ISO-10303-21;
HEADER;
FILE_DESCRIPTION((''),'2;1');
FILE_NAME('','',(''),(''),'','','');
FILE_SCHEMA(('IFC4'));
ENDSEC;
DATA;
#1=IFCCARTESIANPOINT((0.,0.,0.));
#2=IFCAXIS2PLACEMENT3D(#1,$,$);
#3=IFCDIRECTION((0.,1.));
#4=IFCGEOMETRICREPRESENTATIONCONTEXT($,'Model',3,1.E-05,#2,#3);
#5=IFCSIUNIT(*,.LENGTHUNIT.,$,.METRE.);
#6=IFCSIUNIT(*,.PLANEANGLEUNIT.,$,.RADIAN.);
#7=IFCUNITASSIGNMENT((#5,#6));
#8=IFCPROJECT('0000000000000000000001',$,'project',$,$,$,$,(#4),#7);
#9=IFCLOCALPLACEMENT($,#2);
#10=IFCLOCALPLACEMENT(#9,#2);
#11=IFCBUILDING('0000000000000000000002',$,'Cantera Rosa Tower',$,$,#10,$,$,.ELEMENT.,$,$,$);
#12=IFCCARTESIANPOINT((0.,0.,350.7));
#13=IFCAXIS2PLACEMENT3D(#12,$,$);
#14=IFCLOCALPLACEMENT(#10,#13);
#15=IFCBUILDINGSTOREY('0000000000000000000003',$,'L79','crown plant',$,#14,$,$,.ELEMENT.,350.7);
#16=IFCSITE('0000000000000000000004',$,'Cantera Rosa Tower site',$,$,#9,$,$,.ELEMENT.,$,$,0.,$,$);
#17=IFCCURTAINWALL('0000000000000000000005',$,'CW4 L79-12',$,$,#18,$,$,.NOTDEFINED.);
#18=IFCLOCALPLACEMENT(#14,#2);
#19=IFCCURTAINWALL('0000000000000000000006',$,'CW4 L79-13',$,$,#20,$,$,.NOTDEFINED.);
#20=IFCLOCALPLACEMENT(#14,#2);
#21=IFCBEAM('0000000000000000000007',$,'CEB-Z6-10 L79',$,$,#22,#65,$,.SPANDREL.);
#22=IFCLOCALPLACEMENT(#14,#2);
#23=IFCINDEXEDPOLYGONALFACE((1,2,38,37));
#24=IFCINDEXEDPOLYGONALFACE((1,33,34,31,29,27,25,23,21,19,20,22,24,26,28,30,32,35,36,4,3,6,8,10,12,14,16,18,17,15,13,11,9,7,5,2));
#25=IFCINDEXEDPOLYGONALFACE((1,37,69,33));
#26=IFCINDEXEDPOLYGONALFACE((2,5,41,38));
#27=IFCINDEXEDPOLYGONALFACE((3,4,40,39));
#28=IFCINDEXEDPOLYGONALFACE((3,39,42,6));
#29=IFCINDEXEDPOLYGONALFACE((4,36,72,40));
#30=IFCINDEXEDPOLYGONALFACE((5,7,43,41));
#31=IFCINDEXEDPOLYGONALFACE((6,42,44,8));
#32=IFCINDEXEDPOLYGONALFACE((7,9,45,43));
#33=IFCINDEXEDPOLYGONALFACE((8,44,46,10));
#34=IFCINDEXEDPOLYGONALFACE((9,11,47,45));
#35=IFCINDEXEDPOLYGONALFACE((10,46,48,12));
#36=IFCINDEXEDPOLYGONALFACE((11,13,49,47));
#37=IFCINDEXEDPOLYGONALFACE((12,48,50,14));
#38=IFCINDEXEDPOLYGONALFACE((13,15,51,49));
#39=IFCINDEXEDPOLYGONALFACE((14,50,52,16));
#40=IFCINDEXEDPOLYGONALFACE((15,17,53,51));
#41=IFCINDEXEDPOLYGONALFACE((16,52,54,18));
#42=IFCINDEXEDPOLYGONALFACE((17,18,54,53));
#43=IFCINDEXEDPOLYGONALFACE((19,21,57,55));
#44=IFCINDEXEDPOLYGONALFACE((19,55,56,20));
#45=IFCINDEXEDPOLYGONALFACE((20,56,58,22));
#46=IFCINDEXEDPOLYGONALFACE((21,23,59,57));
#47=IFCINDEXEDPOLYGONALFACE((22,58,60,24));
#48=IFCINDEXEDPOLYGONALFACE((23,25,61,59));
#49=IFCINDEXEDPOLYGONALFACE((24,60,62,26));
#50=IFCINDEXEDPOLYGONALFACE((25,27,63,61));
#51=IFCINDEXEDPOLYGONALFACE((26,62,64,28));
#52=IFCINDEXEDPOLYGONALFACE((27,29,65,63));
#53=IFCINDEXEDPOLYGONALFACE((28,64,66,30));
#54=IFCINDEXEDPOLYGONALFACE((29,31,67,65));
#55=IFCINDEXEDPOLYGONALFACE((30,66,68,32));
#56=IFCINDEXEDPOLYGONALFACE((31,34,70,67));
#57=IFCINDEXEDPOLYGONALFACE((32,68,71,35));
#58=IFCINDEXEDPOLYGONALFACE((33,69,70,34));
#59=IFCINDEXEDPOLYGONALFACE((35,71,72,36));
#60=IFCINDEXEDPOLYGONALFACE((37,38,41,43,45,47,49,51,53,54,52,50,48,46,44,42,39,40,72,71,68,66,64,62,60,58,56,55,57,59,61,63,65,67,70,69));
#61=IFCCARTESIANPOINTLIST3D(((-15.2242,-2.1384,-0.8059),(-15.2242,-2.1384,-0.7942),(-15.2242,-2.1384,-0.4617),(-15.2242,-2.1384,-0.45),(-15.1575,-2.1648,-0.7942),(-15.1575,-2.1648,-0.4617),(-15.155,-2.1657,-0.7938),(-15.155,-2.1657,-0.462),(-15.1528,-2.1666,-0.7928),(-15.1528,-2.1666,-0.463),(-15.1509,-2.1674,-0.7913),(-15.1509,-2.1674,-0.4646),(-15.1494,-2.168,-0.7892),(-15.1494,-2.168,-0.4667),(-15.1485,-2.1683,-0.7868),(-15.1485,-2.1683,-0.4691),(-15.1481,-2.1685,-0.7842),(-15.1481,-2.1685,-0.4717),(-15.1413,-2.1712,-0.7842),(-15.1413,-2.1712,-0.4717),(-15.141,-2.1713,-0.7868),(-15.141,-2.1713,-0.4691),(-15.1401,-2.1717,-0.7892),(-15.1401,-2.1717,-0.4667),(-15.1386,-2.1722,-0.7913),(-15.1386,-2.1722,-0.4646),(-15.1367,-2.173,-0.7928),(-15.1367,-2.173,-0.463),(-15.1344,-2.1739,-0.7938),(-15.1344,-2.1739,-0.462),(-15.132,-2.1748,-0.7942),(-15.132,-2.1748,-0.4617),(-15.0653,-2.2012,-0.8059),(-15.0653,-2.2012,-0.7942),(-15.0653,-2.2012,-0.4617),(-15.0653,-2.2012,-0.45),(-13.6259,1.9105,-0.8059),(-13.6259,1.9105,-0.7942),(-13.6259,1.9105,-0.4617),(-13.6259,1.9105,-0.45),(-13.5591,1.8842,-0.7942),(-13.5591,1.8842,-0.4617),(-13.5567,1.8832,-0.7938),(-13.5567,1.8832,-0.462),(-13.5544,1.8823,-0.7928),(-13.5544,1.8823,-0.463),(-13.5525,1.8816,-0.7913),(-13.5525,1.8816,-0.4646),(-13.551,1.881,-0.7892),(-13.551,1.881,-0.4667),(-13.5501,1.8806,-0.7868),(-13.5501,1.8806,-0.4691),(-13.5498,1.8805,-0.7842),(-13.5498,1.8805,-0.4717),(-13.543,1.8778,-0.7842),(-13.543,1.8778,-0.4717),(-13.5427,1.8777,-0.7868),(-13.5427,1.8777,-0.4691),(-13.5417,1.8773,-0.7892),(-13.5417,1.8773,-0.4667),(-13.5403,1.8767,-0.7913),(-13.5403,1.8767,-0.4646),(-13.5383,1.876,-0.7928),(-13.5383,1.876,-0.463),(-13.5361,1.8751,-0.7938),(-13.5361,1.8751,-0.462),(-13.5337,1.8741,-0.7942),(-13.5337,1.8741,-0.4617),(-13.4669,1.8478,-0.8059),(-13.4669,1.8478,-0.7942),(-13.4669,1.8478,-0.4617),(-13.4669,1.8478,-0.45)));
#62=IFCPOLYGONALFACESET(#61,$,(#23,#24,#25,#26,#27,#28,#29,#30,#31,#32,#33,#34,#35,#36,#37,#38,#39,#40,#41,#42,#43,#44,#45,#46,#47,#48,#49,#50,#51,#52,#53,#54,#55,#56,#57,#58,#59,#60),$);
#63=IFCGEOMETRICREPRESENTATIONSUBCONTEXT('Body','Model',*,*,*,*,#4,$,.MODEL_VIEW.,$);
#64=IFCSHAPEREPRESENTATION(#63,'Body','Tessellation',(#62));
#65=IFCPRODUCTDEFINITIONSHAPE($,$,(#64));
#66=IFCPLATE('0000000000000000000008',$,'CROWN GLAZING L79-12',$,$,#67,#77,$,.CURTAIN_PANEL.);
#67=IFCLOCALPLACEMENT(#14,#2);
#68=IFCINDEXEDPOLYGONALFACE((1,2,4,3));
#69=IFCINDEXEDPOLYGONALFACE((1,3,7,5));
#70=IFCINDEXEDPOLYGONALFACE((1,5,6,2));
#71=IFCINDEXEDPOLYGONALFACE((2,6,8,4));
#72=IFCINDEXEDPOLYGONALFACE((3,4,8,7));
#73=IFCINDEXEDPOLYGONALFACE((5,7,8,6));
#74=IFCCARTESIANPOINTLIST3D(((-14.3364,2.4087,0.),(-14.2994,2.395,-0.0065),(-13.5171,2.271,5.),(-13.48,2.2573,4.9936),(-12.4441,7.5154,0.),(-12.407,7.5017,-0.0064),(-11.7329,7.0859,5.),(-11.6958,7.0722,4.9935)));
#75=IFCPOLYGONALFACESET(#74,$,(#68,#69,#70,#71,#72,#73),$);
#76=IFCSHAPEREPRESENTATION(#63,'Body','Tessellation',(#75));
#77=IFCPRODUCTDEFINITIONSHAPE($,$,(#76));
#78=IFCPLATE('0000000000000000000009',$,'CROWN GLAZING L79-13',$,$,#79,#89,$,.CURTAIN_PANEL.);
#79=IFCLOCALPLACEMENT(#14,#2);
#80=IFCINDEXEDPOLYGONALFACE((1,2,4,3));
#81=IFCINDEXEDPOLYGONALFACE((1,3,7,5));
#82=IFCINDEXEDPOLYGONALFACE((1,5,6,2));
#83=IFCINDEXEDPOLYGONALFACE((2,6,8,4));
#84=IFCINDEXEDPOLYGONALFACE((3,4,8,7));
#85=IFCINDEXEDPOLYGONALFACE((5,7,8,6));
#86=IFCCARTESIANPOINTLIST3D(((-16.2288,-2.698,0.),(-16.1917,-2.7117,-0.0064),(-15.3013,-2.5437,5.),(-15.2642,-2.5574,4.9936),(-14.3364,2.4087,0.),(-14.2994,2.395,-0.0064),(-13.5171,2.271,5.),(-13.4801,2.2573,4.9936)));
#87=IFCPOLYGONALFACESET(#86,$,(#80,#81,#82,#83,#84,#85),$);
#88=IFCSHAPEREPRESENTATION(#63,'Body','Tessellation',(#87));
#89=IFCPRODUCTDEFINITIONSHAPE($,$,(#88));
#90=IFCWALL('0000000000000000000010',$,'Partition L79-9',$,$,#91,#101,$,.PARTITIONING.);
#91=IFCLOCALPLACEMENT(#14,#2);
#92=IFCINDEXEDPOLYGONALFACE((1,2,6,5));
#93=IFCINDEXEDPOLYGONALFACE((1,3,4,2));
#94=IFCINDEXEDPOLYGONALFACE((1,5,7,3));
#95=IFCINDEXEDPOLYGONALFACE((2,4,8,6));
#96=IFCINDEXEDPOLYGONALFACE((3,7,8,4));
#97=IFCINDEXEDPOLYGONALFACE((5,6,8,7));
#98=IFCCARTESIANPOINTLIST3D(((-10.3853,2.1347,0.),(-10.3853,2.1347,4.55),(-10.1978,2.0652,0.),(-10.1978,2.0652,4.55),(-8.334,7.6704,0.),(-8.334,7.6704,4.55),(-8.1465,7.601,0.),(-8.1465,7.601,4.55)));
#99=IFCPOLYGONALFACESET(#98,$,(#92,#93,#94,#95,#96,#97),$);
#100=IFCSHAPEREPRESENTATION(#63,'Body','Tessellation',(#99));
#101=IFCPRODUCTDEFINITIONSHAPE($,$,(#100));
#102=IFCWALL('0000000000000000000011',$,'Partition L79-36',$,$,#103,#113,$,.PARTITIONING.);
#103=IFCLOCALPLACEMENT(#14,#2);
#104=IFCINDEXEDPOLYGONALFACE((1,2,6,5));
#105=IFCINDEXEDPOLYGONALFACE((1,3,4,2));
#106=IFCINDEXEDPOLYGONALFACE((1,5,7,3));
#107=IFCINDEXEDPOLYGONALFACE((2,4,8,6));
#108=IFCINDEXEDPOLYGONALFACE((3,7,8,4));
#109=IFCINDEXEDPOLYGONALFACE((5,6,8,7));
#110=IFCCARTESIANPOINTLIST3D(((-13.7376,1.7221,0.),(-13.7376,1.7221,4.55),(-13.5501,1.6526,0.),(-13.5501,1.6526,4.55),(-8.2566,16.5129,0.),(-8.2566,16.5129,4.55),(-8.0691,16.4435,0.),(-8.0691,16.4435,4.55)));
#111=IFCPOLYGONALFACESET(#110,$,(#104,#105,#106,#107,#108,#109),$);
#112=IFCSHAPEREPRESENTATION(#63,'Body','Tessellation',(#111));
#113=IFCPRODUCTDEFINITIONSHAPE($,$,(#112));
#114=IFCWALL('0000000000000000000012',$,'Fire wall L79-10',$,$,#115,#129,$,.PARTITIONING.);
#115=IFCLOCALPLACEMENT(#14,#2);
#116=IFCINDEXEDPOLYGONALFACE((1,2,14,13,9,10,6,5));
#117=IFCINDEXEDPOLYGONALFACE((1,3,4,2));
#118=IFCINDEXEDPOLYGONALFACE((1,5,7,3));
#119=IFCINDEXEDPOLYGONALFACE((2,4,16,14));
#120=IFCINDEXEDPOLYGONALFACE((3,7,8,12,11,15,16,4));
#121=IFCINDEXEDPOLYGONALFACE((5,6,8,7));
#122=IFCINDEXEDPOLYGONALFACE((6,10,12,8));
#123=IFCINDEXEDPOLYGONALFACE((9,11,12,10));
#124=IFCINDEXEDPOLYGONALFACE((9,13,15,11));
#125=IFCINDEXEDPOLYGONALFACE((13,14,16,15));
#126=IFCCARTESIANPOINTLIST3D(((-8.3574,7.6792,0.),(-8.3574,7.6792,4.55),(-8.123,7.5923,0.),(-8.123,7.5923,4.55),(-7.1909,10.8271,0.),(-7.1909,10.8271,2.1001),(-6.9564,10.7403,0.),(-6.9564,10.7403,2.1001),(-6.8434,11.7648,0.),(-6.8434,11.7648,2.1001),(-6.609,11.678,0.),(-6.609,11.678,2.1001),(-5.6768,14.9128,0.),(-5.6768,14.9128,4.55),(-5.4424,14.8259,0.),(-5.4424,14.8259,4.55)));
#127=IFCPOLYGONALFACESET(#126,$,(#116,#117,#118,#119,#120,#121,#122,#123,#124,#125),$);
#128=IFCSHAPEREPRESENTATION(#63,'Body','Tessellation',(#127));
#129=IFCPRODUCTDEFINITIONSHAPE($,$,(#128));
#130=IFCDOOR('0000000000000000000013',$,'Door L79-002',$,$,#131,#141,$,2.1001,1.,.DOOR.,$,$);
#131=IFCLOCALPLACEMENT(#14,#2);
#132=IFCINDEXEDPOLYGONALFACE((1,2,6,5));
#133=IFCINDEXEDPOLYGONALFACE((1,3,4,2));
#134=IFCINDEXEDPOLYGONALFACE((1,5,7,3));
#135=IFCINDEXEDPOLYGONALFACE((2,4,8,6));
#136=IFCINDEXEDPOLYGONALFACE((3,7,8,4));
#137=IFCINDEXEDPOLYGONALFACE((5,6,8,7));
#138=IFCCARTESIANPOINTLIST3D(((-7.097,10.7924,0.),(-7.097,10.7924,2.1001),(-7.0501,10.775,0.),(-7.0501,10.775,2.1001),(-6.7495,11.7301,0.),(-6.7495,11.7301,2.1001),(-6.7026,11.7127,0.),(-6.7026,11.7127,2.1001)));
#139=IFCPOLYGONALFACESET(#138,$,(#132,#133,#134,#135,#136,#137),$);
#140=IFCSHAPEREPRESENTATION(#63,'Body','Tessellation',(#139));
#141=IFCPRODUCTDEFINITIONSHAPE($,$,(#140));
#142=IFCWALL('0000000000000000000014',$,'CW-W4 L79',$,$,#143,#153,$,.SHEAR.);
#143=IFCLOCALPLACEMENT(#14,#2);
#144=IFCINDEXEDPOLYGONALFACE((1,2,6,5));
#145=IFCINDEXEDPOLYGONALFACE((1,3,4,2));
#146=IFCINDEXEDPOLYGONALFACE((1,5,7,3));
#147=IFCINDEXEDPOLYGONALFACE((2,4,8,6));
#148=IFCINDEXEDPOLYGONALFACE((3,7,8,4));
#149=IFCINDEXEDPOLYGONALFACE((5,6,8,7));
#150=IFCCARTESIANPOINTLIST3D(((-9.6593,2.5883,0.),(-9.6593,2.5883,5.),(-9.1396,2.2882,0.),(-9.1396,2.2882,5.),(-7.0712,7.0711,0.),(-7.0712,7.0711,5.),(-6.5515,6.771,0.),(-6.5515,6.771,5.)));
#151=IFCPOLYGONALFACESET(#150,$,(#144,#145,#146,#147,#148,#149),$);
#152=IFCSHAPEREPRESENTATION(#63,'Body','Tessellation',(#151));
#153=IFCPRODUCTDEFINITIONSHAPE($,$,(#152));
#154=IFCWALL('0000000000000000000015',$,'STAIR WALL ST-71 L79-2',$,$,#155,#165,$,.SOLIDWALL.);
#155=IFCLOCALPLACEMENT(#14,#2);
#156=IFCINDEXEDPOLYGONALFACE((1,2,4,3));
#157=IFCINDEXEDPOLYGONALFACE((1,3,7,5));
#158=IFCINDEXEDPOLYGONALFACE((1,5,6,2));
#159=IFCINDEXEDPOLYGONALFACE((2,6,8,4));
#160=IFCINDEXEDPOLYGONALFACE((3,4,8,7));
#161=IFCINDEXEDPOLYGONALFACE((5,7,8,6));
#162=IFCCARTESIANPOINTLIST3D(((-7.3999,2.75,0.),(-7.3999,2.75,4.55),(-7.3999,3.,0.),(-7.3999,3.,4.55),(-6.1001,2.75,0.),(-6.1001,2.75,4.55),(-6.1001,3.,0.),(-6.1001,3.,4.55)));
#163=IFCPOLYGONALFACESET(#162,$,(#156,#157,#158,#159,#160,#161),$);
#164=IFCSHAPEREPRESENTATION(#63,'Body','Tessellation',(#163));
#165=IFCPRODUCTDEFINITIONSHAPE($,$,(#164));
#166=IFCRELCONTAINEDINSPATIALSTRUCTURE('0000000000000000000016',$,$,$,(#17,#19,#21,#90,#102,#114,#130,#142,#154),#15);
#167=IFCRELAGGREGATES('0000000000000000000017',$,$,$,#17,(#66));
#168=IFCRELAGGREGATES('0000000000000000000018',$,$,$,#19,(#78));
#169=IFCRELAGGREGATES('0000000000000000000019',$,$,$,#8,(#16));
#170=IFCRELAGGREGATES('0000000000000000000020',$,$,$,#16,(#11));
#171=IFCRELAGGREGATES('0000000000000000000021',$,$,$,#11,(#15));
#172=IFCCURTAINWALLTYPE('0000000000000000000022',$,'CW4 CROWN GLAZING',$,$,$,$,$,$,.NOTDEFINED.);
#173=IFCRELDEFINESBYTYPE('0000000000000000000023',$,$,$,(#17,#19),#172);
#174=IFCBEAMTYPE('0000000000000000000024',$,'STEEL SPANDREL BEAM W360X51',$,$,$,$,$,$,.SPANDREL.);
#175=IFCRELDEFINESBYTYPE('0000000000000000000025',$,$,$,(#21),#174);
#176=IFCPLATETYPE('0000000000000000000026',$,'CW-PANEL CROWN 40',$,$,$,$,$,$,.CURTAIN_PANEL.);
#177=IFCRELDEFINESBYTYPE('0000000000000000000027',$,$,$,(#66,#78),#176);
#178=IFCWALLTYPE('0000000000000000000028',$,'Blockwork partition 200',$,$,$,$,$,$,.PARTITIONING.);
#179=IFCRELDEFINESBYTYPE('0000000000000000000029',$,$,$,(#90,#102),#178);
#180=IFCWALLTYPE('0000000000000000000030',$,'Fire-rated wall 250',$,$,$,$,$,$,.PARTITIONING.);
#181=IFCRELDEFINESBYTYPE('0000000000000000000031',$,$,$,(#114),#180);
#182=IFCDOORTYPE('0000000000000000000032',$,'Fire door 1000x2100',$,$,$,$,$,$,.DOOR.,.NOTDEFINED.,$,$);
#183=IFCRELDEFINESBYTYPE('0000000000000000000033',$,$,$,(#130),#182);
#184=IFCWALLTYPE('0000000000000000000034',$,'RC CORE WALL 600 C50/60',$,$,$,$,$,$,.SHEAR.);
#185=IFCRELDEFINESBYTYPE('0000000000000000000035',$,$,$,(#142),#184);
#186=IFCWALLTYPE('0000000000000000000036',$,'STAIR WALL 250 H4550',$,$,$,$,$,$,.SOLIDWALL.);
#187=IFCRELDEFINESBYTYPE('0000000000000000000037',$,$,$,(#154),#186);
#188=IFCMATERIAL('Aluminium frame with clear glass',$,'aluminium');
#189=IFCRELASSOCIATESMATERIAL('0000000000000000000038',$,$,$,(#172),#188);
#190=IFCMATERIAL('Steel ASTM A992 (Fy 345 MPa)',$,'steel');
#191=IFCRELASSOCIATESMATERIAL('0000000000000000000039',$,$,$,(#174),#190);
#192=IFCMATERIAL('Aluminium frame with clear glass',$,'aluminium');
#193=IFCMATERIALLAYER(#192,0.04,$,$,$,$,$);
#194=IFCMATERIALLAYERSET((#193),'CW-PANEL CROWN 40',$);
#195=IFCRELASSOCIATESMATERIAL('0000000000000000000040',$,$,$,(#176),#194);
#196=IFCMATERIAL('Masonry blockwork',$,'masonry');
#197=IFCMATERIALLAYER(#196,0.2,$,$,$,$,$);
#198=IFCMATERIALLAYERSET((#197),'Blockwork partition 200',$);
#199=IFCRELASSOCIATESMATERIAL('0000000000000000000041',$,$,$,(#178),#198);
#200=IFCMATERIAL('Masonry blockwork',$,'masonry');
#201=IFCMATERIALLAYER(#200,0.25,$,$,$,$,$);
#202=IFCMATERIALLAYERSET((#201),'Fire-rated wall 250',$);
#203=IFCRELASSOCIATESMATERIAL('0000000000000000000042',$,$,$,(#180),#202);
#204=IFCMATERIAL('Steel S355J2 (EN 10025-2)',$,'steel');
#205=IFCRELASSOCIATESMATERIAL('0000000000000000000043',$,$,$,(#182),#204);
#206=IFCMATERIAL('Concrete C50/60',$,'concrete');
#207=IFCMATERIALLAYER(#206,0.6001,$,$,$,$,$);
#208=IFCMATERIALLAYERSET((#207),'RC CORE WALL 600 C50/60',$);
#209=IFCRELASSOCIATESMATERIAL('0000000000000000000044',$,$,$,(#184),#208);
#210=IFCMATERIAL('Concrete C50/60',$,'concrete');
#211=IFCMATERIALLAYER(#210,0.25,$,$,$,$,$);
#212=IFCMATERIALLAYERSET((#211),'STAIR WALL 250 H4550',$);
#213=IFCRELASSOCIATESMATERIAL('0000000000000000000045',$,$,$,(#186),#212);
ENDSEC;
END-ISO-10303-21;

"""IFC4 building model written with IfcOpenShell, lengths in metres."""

from ifc_helpers import new_model, si_unit, direction, frame, frame_2d, origin, origin_2d, place, context, subcontext, project, spatial, polyline, rectangle, i_section, outline, extrude, material, layer, layer_set, material_profile, profile_set, type_object, element, fill, aggregate, save


model = new_model("IFC4")

# Units and contexts
model_context = context("Model", 3, precision=1e-05, world=origin(), true_north=direction((0.0, 1.0)))
body_context = subcontext(model_context, "Body", "Model", "MODEL_VIEW")
ifc_project = project(units=[si_unit("LENGTHUNIT", "METRE"), si_unit("PLANEANGLEUNIT", "RADIAN")], contexts=[model_context])

# Site, building, storey
site_placement = place(None, origin())
site = spatial("IfcSite", under=ifc_project, at=site_placement, Name="Cantera Rosa Tower site", CompositionType="ELEMENT", RefElevation=0.0)
building_placement = place(site_placement, origin())
building = spatial("IfcBuilding", under=site, at=building_placement, Name="Cantera Rosa Tower", CompositionType="ELEMENT")
storey_placement = place(building_placement, frame((0.0, 0.0, 350.7)))
storey = spatial("IfcBuildingStorey", under=building, at=storey_placement, Name="L79", Description="crown plant", CompositionType="ELEMENT", Elevation=350.7)

# Curtain walls
ifc_material_1 = material(Name="Aluminium frame with clear glass", Category="aluminium")
curtain_wall_type = type_object("IfcCurtainWallType", Name="CW4 CROWN GLAZING", PredefinedType="NOTDEFINED", material=ifc_material_1)
curtain_wall_1_placement = place(storey_placement, origin())
curtain_wall_1 = element("IfcCurtainWall", 1, at=curtain_wall_1_placement, inside=storey, type_object=curtain_wall_type, Name="CW4 L79-12", PredefinedType="NOTDEFINED")
curtain_wall_2_placement = place(storey_placement, origin())
curtain_wall_2 = element("IfcCurtainWall", 2, at=curtain_wall_2_placement, inside=storey, type_object=curtain_wall_type, Name="CW4 L79-13", PredefinedType="NOTDEFINED")

# Beam
ifc_material_2 = material(Name="Steel ASTM A992 (Fy 345 MPa)", Category="steel")
ifc_material_profile_1 = material_profile(ifc_material_2, i_section(OverallWidth=0.1709, OverallDepth=0.356, WebThickness=0.0073, FlangeThickness=0.0117, FilletRadius=0.01, at=origin_2d()), Name="W360X51")
ifc_profile_set_1 = profile_set([ifc_material_profile_1], Name="Steel ASTM A992 (Fy 345 MPa)")
beam_type_1 = type_object("IfcBeamType", Name="STEEL SPANDREL BEAM W360X51", PredefinedType="SPANDREL", material=ifc_profile_set_1)
beam_1_placement = place(storey_placement, frame((-13.5464, 1.8792, -0.6279), z_axis=(-0.367181, -0.93015, 0.0), x_axis=(0.93015, -0.367181, 0.0)))
element("IfcBeam", 3, at=beam_1_placement, inside=storey, type_object=beam_type_1, Name="CEB-Z6-10 L79", PredefinedType="SPANDREL", context=body_context, shape_type="SweptSolid", body=[
    extrude(i_section(OverallWidth=0.1709, OverallDepth=0.356, WebThickness=0.0073, FlangeThickness=0.0117, FilletRadius=0.01, at=origin_2d()), origin(), (0.0, 0.0, 1.0), 4.353),
])

# Plates
ifc_material_3 = material(Name="Aluminium frame with clear glass", Category="aluminium")
ifc_layer_1 = layer(ifc_material_3, 0.04)
ifc_layer_set_1 = layer_set([ifc_layer_1], Name="CW-PANEL CROWN 40")
plate_type = type_object("IfcPlateType", Name="CW-PANEL CROWN 40", PredefinedType="CURTAIN_PANEL", material=ifc_layer_set_1)
plate_1_placement = place(storey_placement, frame((-12.4441, 7.5154, 0.0), z_axis=(-0.925446, 0.342929, 0.16109), x_axis=(-0.347467, -0.937692, -0.000001)))
plate_1 = element("IfcPlate", 4, at=plate_1_placement, type_object=plate_type, Name="CROWN GLAZING L79-12", PredefinedType="CURTAIN_PANEL", context=body_context, shape_type="SweptSolid", body=[
    extrude(outline(polyline([(0.0, 0.0), (5.446, 0.0), (5.2904, 5.0662), (0.1556, 5.0662), (0.0, 0.0)])), origin(), (0.0, 0.0, -1.0), 0.04),
])
plate_2_placement = place(storey_placement, frame((-14.3364, 2.4087, 0.0), z_axis=(-0.925443, 0.342936, 0.161089), x_axis=(-0.347474, -0.937689, 0.000001)))
plate_2 = element("IfcPlate", 5, at=plate_2_placement, type_object=plate_type, Name="CROWN GLAZING L79-13", PredefinedType="CURTAIN_PANEL", context=body_context, shape_type="SweptSolid", body=[
    extrude(outline(polyline([(0.0, 0.0), (5.446, 0.0), (4.9791, 5.0662), (-0.1556, 5.0662), (0.0, 0.0)])), origin(), (0.0, 0.0, -1.0), 0.04),
])

# Walls
ifc_material_4 = material(Name="Masonry blockwork", Category="masonry")
ifc_layer_2 = layer(ifc_material_4, 0.2)
ifc_layer_set_2 = layer_set([ifc_layer_2], Name="Blockwork partition 200")
wall_type_1 = type_object("IfcWallType", Name="Blockwork partition 200", PredefinedType="PARTITIONING", material=ifc_layer_set_2)
wall_1_placement = place(storey_placement, frame((-10.2915, 2.1001, 0.0), z_axis=(0.0, 0.0, 1.0), x_axis=(0.347468, 0.937692, 0.0)))
element("IfcWall", 6, at=wall_1_placement, inside=storey, type_object=wall_type_1, Name="Partition L79-9", PredefinedType="PARTITIONING", context=body_context, shape_type="SweptSolid", body=[
    extrude(rectangle(XDim=5.9036, YDim=0.2, at=frame_2d((2.9517, 0.0))), origin(), (0.0, 0.0, 1.0), 4.55),
])
wall_2_placement = place(storey_placement, frame((-13.6438, 1.6875, 0.0), z_axis=(0.0, 0.0, 1.0), x_axis=(0.347476, 0.937689, 0.0)))
element("IfcWall", 7, at=wall_2_placement, inside=storey, type_object=wall_type_1, Name="Partition L79-36", PredefinedType="PARTITIONING", context=body_context, shape_type="SweptSolid", body=[
    extrude(rectangle(XDim=15.7737, YDim=0.2, at=frame_2d((7.8867, 0.0))), origin(), (0.0, 0.0, 1.0), 4.55),
])

# Wall, opening, door
ifc_material_5 = material(Name="Masonry blockwork", Category="masonry")
ifc_layer_3 = layer(ifc_material_5, 0.25)
ifc_layer_set_3 = layer_set([ifc_layer_3], Name="Fire-rated wall 250")
wall_type_2 = type_object("IfcWallType", Name="Fire-rated wall 250", PredefinedType="PARTITIONING", material=ifc_layer_set_3)
wall_3_placement = place(storey_placement, frame((-8.2402, 7.6357, 0.0), z_axis=(0.0, 0.0, 1.0), x_axis=(0.34749, 0.937684, 0.0)))
wall_3 = element("IfcWall", 8, at=wall_3_placement, inside=storey, type_object=wall_type_2, Name="Fire wall L79-10", PredefinedType="PARTITIONING", context=body_context, shape_type="SweptSolid", body=[
    extrude(rectangle(XDim=7.7144, YDim=0.25, at=frame_2d((3.8572, 0.0))), origin(), (0.0, 0.0, 1.0), 4.55),
])
opening_placement = place(wall_3_placement, frame((3.3572, 0.0, 0.0)))
opening = element("IfcOpeningElement", 9, at=opening_placement, cuts=wall_3, PredefinedType="OPENING", context=body_context, shape_type="SweptSolid", body=[
    extrude(rectangle(XDim=1.0, YDim=2.1001, at=frame_2d((0.5, 1.05))), frame((0.0, 0.135, 0.0), z_axis=(0.0, -1.0, 0.0), x_axis=(1.0, 0.0, 0.0)), (0.0, 0.0, 1.0), 0.27),
])
ifc_material_6 = material(Name="Steel S355J2 (EN 10025-2)", Category="steel")
door_type = type_object("IfcDoorType", Name="Fire door 1000x2100", OperationType="NOTDEFINED", PredefinedType="DOOR", material=ifc_material_6)
door_placement = place(opening_placement, origin())
door = element("IfcDoor", 10, at=door_placement, inside=storey, type_object=door_type, Name="Door L79-002", OverallHeight=2.1001, OverallWidth=1.0, PredefinedType="DOOR", context=body_context, shape_type="SweptSolid", body=[
    extrude(rectangle(XDim=1.0, YDim=2.1001, at=frame_2d((0.5, 1.05))), frame((0.0, 0.0249, 0.0), z_axis=(0.0, -1.0, 0.0), x_axis=(1.0, 0.0, 0.0)), (0.0, 0.0, 1.0), 0.05),
])
fill(opening, door)

# Walls
ifc_material_7 = material(Name="Concrete C50/60", Category="concrete")
ifc_layer_4 = layer(ifc_material_7, 0.6001)
ifc_layer_set_4 = layer_set([ifc_layer_4], Name="RC CORE WALL 600 C50/60")
wall_type_3 = type_object("IfcWallType", Name="RC CORE WALL 600 C50/60", PredefinedType="SHEAR", material=ifc_layer_set_4)
wall_4_placement = place(storey_placement, frame((-9.3994, 2.4382, 0.0), z_axis=(0.0, 0.0, 1.0), x_axis=(0.499989, 0.866032, 0.0)))
element("IfcWall", 11, at=wall_4_placement, inside=storey, type_object=wall_type_3, Name="CW-W4 L79", PredefinedType="SHEAR", context=body_context, shape_type="SweptSolid", body=[
    extrude(rectangle(XDim=5.1763, YDim=0.6001, at=frame_2d((2.5881, 0.0))), origin(), (0.0, 0.0, 1.0), 5.0),
])
ifc_material_8 = material(Name="Concrete C50/60", Category="concrete")
ifc_layer_5 = layer(ifc_material_8, 0.25)
ifc_layer_set_5 = layer_set([ifc_layer_5], Name="STAIR WALL 250 H4550")
wall_type_4 = type_object("IfcWallType", Name="STAIR WALL 250 H4550", PredefinedType="SOLIDWALL", material=ifc_layer_set_5)
wall_5_placement = place(storey_placement, frame((-7.3999, 2.875, 0.0), z_axis=(0.0, 0.0, 1.0), x_axis=(1.0, 0.0, 0.0)))
element("IfcWall", 12, at=wall_5_placement, inside=storey, type_object=wall_type_4, Name="STAIR WALL ST-71 L79-2", PredefinedType="SOLIDWALL", context=body_context, shape_type="SweptSolid", body=[
    extrude(rectangle(XDim=1.2998, YDim=0.25, at=frame_2d((0.6499, 0.0))), origin(), (0.0, 0.0, 1.0), 4.55),
])

aggregate(curtain_wall_1, [plate_1])
aggregate(curtain_wall_2, [plate_2])

save(model, "model.ifc")
